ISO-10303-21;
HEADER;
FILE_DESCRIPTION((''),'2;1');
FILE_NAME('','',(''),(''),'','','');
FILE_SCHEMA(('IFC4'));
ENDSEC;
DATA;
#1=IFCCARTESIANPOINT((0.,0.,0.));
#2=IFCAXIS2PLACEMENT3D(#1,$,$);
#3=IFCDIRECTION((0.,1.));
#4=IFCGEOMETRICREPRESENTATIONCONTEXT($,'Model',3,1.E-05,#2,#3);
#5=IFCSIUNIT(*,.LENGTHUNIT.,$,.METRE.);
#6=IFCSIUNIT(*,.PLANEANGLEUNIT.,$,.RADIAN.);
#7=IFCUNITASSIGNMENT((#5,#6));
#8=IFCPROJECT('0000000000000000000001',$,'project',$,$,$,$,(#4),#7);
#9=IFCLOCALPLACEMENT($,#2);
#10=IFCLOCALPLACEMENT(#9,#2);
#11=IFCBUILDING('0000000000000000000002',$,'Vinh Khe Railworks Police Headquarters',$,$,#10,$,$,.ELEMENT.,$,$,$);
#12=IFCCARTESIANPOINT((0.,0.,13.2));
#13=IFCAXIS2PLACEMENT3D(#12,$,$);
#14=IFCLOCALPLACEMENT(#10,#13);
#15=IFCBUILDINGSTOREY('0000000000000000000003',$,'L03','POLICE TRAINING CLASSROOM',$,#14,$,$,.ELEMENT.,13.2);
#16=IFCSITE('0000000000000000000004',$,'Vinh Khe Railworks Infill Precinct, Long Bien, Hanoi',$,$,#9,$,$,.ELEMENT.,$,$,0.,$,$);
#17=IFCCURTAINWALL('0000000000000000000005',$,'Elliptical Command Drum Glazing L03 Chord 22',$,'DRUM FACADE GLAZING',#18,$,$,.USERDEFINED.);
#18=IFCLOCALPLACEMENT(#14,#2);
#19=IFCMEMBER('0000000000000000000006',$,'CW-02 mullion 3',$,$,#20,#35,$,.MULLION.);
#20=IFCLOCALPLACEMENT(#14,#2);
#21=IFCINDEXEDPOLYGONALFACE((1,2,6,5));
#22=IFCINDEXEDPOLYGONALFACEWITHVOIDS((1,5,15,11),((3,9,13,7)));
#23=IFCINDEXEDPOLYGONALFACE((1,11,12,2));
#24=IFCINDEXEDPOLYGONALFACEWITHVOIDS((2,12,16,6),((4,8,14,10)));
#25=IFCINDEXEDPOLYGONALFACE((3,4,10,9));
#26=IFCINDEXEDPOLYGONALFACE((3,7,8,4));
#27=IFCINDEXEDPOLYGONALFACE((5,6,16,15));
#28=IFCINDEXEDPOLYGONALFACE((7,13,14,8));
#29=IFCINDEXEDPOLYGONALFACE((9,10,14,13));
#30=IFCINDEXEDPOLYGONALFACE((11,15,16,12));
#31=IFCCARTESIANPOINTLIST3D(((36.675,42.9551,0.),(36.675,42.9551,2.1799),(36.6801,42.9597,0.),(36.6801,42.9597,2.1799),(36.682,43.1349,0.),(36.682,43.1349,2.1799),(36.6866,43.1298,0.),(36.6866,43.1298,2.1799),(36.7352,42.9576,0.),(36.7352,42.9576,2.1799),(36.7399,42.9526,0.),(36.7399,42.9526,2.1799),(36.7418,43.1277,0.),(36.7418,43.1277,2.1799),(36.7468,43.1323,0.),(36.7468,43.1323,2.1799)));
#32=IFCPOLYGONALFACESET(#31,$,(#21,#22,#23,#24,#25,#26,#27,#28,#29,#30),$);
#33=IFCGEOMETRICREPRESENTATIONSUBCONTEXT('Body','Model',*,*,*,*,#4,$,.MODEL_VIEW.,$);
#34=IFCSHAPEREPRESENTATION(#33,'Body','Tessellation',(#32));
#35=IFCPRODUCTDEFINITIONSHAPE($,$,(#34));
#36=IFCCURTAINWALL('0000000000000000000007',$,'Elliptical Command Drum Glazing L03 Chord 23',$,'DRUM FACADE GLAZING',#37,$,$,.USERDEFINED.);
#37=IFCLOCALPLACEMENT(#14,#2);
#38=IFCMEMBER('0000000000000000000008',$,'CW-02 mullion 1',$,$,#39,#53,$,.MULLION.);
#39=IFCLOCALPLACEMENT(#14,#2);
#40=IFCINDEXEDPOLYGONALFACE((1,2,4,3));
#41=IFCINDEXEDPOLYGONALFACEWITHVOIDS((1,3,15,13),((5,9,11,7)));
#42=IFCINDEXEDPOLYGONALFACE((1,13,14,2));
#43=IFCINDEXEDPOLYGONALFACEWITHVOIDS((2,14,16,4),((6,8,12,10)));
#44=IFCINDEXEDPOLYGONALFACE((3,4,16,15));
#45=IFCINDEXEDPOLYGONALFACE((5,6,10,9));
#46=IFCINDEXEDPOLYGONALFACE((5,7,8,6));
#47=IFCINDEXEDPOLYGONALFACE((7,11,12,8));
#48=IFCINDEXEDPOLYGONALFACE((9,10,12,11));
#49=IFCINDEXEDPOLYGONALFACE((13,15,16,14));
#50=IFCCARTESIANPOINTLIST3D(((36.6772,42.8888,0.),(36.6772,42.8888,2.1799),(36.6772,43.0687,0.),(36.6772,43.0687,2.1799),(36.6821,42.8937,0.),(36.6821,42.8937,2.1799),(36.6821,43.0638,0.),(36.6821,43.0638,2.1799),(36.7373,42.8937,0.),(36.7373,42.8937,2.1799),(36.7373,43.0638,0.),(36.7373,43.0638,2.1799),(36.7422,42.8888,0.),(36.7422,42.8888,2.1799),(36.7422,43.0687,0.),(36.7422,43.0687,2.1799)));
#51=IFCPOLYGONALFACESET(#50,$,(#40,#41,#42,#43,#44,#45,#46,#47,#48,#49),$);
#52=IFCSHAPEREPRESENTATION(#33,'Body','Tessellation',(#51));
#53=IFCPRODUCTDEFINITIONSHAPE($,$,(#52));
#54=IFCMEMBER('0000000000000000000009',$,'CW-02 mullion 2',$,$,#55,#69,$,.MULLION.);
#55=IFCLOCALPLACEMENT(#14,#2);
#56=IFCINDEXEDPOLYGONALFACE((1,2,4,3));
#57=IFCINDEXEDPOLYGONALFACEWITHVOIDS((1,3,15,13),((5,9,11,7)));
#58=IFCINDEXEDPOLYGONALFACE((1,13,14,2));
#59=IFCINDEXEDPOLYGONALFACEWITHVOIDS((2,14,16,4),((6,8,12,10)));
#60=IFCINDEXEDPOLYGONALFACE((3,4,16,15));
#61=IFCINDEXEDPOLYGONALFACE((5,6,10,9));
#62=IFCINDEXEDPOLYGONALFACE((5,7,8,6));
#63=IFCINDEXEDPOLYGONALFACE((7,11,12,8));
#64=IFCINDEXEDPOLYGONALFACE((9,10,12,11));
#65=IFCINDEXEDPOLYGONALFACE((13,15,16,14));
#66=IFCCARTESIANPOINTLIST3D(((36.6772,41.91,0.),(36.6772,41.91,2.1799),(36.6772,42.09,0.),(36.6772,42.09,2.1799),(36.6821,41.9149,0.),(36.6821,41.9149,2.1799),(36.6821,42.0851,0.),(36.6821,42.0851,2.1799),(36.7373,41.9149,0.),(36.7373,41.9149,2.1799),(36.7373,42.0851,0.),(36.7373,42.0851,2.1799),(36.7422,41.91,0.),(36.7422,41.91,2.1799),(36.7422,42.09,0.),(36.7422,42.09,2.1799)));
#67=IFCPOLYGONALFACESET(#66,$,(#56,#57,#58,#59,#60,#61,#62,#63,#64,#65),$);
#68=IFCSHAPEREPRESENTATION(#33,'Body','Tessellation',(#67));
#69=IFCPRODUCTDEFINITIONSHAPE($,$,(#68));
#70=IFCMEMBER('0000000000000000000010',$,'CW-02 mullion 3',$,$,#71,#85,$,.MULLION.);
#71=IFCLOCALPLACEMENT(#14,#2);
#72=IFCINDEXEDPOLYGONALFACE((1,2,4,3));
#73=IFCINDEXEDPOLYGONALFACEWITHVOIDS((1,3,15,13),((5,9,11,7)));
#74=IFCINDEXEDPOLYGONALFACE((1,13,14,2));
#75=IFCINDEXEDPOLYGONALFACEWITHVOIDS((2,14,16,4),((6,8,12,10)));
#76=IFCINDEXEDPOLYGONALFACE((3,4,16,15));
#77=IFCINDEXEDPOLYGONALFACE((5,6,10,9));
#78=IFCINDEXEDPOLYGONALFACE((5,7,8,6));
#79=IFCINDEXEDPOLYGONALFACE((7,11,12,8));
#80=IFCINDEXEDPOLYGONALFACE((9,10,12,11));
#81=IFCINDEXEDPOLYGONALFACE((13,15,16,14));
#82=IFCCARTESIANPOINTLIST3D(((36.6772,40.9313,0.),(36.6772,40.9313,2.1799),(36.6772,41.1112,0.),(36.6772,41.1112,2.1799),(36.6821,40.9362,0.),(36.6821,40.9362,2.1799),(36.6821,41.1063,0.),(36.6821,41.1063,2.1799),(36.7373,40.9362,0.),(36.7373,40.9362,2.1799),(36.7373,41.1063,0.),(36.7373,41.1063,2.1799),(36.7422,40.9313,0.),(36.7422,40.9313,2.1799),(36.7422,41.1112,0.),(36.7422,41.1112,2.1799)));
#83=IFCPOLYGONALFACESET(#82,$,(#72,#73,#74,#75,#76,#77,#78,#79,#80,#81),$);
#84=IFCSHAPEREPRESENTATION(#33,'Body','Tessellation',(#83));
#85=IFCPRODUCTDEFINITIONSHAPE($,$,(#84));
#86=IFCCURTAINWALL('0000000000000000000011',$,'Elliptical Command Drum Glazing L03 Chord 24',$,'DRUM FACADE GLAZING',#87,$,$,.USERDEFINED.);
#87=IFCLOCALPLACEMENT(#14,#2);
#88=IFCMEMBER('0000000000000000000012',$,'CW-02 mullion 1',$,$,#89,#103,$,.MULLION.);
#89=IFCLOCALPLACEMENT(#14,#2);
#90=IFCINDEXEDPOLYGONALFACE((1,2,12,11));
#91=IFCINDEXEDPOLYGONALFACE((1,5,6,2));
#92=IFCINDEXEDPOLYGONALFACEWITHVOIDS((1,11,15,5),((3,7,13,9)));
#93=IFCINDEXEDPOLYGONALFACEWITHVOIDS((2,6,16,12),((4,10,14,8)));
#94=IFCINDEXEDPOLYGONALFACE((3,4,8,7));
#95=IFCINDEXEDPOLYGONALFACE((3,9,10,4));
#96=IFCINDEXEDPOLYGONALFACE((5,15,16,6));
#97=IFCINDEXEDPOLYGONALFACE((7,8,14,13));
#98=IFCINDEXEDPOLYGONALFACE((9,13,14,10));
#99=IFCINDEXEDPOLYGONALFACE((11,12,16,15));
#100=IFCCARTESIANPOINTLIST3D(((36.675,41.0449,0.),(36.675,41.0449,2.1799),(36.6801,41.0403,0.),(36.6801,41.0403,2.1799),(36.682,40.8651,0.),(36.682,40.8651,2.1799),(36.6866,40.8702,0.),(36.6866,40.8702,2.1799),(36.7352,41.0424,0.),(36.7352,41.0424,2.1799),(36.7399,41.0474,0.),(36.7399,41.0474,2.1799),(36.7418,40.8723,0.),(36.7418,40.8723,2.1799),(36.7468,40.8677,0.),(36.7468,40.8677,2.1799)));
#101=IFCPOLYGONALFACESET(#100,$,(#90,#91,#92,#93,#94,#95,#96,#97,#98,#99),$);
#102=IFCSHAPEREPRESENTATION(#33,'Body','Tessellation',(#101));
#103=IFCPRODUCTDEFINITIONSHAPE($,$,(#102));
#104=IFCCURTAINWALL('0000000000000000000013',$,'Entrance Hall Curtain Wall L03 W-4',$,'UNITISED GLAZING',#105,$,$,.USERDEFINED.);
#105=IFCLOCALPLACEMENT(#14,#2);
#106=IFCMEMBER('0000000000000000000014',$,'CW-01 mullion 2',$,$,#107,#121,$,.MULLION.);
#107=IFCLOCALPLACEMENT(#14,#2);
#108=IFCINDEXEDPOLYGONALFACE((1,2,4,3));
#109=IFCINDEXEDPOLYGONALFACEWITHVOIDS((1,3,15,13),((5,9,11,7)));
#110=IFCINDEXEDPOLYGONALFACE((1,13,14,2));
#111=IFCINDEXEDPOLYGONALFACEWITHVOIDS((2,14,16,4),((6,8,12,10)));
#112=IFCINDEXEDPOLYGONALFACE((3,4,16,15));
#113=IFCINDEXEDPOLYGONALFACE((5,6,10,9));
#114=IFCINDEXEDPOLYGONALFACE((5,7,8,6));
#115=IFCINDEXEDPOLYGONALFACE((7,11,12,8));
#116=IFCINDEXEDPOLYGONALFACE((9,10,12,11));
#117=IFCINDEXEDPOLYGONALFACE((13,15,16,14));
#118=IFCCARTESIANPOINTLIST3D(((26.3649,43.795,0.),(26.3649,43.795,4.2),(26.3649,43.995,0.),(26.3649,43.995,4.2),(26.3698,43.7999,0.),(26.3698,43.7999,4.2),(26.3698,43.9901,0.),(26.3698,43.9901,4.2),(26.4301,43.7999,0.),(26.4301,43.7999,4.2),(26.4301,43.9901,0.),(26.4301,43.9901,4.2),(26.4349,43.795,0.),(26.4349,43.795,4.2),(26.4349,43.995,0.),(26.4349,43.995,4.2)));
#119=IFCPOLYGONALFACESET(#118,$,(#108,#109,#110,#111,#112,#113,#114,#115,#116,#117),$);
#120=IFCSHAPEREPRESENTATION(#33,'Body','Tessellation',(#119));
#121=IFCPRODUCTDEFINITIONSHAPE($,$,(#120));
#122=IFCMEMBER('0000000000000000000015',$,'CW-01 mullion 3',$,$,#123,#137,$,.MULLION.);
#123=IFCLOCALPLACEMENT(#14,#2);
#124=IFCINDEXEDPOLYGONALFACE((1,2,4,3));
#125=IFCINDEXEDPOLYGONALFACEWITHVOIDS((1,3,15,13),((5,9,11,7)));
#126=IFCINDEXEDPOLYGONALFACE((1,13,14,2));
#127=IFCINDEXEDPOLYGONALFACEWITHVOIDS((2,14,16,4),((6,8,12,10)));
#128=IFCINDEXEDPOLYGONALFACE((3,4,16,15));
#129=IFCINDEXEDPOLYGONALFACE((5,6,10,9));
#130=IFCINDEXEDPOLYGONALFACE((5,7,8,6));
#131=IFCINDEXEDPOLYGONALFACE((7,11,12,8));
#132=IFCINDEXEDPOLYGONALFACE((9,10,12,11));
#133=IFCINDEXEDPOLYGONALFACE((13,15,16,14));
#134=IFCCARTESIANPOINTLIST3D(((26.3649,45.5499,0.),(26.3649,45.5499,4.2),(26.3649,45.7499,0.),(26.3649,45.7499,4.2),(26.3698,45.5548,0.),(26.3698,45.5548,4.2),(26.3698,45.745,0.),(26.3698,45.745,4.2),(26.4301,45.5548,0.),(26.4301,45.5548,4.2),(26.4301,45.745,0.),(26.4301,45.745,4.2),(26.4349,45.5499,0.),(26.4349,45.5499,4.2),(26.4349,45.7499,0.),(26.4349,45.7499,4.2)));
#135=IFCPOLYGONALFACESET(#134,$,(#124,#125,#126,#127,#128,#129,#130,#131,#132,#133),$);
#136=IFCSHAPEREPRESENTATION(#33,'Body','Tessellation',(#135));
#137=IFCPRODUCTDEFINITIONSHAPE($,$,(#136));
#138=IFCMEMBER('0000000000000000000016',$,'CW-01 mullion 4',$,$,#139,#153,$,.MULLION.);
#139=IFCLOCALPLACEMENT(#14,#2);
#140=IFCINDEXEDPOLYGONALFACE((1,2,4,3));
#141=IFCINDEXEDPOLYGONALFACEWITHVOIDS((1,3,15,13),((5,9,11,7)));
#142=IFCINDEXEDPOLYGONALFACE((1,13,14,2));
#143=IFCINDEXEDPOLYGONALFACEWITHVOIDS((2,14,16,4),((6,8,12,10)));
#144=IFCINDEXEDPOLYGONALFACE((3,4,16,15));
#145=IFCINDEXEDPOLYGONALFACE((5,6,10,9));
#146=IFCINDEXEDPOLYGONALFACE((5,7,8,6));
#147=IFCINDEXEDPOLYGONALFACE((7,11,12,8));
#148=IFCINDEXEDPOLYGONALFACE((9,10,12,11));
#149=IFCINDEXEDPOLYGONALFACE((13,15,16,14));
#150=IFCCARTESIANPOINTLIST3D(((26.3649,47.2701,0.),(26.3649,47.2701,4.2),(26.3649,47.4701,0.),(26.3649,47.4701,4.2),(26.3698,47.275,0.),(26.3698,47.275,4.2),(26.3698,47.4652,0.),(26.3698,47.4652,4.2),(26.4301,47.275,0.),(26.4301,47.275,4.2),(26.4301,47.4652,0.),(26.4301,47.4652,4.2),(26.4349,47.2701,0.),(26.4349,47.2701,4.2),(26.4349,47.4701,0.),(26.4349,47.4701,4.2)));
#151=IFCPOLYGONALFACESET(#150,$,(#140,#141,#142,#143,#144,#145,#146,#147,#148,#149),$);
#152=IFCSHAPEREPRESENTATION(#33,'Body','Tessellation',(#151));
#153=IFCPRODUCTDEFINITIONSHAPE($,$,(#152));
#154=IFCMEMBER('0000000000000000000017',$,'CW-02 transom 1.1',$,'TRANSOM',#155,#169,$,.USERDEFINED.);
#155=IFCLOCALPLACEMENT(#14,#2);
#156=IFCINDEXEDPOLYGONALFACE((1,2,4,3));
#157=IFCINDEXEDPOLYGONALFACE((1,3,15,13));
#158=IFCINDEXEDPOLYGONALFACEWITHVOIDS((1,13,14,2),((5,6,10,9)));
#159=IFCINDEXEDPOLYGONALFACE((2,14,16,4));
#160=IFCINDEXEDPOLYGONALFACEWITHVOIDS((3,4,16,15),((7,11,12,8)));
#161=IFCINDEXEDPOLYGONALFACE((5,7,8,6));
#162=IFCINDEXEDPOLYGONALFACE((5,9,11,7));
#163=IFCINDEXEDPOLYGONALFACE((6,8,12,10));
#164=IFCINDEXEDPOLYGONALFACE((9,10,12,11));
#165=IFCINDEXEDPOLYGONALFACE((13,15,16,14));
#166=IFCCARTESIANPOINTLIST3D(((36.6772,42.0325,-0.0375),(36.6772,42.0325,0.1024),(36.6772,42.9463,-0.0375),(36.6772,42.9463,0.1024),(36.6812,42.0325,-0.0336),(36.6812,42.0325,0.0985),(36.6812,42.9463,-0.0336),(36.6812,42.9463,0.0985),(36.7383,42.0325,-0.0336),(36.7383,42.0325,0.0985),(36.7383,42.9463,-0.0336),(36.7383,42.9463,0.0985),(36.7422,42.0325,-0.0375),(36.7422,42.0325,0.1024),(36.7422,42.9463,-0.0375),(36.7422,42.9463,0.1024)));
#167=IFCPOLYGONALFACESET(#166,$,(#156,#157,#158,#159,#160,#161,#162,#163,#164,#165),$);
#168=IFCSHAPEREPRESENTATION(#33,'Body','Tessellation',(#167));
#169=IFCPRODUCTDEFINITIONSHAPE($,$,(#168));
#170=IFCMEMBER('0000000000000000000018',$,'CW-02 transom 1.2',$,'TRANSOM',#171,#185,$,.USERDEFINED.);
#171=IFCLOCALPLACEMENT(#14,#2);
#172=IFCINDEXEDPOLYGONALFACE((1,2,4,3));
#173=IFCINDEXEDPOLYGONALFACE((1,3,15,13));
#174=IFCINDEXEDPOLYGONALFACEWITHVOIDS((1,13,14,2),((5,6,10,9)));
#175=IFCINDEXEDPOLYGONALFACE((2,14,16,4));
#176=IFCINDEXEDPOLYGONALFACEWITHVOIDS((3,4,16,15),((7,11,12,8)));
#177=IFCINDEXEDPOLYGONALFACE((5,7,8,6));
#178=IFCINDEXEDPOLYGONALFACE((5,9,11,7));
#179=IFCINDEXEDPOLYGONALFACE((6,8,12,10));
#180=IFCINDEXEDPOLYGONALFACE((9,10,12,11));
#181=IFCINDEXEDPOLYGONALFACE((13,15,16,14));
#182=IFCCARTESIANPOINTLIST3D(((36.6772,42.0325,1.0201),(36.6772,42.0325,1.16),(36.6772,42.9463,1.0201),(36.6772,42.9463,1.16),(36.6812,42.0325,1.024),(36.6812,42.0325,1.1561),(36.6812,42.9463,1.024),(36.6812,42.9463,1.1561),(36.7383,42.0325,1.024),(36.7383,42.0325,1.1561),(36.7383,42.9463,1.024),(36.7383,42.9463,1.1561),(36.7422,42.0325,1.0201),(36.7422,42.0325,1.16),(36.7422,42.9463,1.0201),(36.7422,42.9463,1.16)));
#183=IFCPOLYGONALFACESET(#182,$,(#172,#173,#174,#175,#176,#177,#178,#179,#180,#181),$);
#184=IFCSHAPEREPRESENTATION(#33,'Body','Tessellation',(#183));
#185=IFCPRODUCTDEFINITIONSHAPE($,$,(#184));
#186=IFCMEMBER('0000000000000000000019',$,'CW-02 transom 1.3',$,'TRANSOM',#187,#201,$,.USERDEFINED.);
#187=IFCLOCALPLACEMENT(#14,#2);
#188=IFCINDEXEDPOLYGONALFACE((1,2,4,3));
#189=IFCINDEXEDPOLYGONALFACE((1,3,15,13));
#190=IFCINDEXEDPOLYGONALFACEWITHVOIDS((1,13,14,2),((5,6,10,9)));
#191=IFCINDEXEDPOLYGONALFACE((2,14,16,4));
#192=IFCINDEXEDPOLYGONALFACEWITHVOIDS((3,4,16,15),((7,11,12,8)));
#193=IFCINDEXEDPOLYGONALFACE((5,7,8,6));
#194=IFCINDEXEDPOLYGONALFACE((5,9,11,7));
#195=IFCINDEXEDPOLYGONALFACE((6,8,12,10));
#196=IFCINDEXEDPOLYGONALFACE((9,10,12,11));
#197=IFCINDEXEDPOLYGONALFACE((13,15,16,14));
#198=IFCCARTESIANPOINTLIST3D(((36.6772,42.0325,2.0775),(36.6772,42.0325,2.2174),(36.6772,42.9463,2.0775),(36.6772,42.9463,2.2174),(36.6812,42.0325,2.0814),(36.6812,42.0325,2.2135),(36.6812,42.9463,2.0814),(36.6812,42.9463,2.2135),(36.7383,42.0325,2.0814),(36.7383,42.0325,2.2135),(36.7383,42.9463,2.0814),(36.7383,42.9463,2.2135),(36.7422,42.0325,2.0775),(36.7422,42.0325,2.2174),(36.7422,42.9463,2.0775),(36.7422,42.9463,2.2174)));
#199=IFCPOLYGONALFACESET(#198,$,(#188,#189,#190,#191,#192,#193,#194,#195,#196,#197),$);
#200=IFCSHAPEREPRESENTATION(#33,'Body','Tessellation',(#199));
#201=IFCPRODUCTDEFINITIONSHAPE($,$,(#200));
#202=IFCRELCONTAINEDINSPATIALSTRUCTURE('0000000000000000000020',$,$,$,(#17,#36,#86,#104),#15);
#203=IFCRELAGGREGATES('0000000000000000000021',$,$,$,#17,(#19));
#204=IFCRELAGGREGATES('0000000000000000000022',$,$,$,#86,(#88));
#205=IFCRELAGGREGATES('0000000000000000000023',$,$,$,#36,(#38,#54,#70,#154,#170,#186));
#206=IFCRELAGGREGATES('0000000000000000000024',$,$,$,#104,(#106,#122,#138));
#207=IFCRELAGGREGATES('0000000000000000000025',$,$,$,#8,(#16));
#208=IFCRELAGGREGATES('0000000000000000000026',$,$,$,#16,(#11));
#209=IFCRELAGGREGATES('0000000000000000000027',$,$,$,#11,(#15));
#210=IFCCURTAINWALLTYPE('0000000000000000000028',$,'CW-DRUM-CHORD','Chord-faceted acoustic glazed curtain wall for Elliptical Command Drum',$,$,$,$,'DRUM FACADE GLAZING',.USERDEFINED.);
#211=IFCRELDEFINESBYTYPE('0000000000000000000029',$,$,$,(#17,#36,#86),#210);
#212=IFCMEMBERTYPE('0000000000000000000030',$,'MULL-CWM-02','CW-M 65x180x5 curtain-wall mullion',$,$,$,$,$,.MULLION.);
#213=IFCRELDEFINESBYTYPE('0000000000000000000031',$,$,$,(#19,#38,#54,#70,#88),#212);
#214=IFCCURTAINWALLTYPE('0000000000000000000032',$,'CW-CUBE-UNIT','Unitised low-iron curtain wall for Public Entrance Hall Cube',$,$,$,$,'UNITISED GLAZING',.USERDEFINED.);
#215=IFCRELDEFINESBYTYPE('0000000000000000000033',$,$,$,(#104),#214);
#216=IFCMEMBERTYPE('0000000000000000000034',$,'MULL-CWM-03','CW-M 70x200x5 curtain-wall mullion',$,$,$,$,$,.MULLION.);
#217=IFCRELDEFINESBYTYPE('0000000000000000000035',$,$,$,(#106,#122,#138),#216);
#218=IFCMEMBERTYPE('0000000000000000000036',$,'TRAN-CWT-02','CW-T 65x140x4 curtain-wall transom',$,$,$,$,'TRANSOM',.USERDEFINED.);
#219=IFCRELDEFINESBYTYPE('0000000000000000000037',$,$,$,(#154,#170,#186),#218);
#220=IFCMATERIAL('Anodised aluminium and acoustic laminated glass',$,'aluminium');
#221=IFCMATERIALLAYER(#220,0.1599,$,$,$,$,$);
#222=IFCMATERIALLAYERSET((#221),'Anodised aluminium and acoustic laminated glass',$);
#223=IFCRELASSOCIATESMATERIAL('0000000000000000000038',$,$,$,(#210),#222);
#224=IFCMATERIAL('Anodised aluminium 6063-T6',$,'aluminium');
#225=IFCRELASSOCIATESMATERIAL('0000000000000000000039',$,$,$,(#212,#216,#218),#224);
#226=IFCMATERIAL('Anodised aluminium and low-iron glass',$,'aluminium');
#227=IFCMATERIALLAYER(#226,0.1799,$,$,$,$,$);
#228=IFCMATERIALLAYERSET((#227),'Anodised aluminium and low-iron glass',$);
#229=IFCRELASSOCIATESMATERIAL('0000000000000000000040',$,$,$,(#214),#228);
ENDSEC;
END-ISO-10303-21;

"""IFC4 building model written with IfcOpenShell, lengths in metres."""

from ifc_helpers import new_model, si_unit, direction, frame, origin, origin_2d, place, context, subcontext, project, spatial, hollow_rectangle, extrude, material, layer, layer_set, material_profile, profile_set, type_object, element, aggregate, save


model = new_model("IFC4")

# Units and contexts
model_context = context("Model", 3, precision=1e-05, world=origin(), true_north=direction((0.0, 1.0)))
body_context = subcontext(model_context, "Body", "Model", "MODEL_VIEW")
ifc_project = project(units=[si_unit("LENGTHUNIT", "METRE"), si_unit("PLANEANGLEUNIT", "RADIAN")], contexts=[model_context])

# Site, building, storey
site_placement = place(None, origin())
site = spatial("IfcSite", under=ifc_project, at=site_placement, Name="Vinh Khe Railworks Infill Precinct, Long Bien, Hanoi", CompositionType="ELEMENT", RefElevation=0.0)
building_placement = place(site_placement, origin())
building = spatial("IfcBuilding", under=site, at=building_placement, Name="Vinh Khe Railworks Police Headquarters", CompositionType="ELEMENT")
storey_placement = place(building_placement, frame((0.0, 0.0, 13.2)))
storey = spatial("IfcBuildingStorey", under=building, at=storey_placement, Name="L03", Description="POLICE TRAINING CLASSROOM", CompositionType="ELEMENT", Elevation=13.2)

# Curtain wall, member
ifc_material_1 = material(Name="Anodised aluminium and acoustic laminated glass", Category="aluminium")
ifc_layer_1 = layer(ifc_material_1, 0.1599)
ifc_layer_set_1 = layer_set([ifc_layer_1], Name="Anodised aluminium and acoustic laminated glass")
curtain_wall_type_1 = type_object("IfcCurtainWallType", Name="CW-DRUM-CHORD", Description="Chord-faceted acoustic glazed curtain wall for Elliptical Command Drum", ElementType="DRUM FACADE GLAZING", PredefinedType="USERDEFINED", material=ifc_layer_set_1)
curtain_wall_1_placement = place(storey_placement, origin())
curtain_wall_1 = element("IfcCurtainWall", 1, at=curtain_wall_1_placement, inside=storey, type_object=curtain_wall_type_1, Name="Elliptical Command Drum Glazing L03 Chord 22", ObjectType="DRUM FACADE GLAZING", PredefinedType="USERDEFINED")
ifc_material_2 = material(Name="Anodised aluminium 6063-T6", Category="aluminium")
ifc_material_profile_1 = material_profile(ifc_material_2, hollow_rectangle(XDim=0.0649, YDim=0.1799, WallThickness=0.0049, at=origin_2d()), Name="CW-M 65x180x5")
ifc_profile_set_1 = profile_set([ifc_material_profile_1], Name="Anodised aluminium 6063-T6")
member_type_1 = type_object("IfcMemberType", Name="MULL-CWM-02", Description="CW-M 65x180x5 curtain-wall mullion", PredefinedType="MULLION", material=ifc_profile_set_1)
member_1_placement = place(storey_placement, frame((36.7109, 43.0437, 0.0), z_axis=(0.0, 0.0, 1.0), x_axis=(0.999258, -0.038513, 0.0)))
member_1 = element("IfcMember", 2, at=member_1_placement, type_object=member_type_1, Name="CW-02 mullion 3", PredefinedType="MULLION", context=body_context, shape_type="SweptSolid", body=[
    extrude(hollow_rectangle(XDim=0.0649, YDim=0.1799, WallThickness=0.0049, at=origin_2d()), origin(), (0.0, 0.0, 1.0), 2.1799),
])
aggregate(curtain_wall_1, [member_1])

# Curtain wall, members
curtain_wall_2_placement = place(storey_placement, origin())
curtain_wall_2 = element("IfcCurtainWall", 3, at=curtain_wall_2_placement, inside=storey, type_object=curtain_wall_type_1, Name="Elliptical Command Drum Glazing L03 Chord 23", ObjectType="DRUM FACADE GLAZING", PredefinedType="USERDEFINED")
member_2_placement = place(storey_placement, frame((36.7097, 42.9788, 0.0), z_axis=(0.0, 0.0, 1.0), x_axis=(1.0, 0.0, 0.0)))
member_2 = element("IfcMember", 4, at=member_2_placement, type_object=member_type_1, Name="CW-02 mullion 1", PredefinedType="MULLION", context=body_context, shape_type="SweptSolid", body=[
    extrude(hollow_rectangle(XDim=0.0649, YDim=0.1799, WallThickness=0.0049, at=origin_2d()), origin(), (0.0, 0.0, 1.0), 2.1799),
])
member_3_placement = place(storey_placement, frame((36.7097, 42.0, 0.0), z_axis=(0.0, 0.0, 1.0), x_axis=(1.0, 0.0, 0.0)))
member_3 = element("IfcMember", 5, at=member_3_placement, type_object=member_type_1, Name="CW-02 mullion 2", PredefinedType="MULLION", context=body_context, shape_type="SweptSolid", body=[
    extrude(hollow_rectangle(XDim=0.0649, YDim=0.1799, WallThickness=0.0049, at=origin_2d()), origin(), (0.0, 0.0, 1.0), 2.1799),
])
member_4_placement = place(storey_placement, frame((36.7097, 41.0212, 0.0), z_axis=(0.0, 0.0, 1.0), x_axis=(1.0, 0.0, 0.0)))
member_4 = element("IfcMember", 6, at=member_4_placement, type_object=member_type_1, Name="CW-02 mullion 3", PredefinedType="MULLION", context=body_context, shape_type="SweptSolid", body=[
    extrude(hollow_rectangle(XDim=0.0649, YDim=0.1799, WallThickness=0.0049, at=origin_2d()), origin(), (0.0, 0.0, 1.0), 2.1799),
])

# Curtain wall, member
curtain_wall_3_placement = place(storey_placement, origin())
curtain_wall_3 = element("IfcCurtainWall", 7, at=curtain_wall_3_placement, inside=storey, type_object=curtain_wall_type_1, Name="Elliptical Command Drum Glazing L03 Chord 24", ObjectType="DRUM FACADE GLAZING", PredefinedType="USERDEFINED")
member_5_placement = place(storey_placement, frame((36.7109, 40.9563, 0.0), z_axis=(0.0, 0.0, 1.0), x_axis=(0.999258, 0.038513, 0.0)))
member_5 = element("IfcMember", 8, at=member_5_placement, type_object=member_type_1, Name="CW-02 mullion 1", PredefinedType="MULLION", context=body_context, shape_type="SweptSolid", body=[
    extrude(hollow_rectangle(XDim=0.0649, YDim=0.1799, WallThickness=0.0049, at=origin_2d()), origin(), (0.0, 0.0, 1.0), 2.1799),
])

# Curtain wall, members
ifc_material_3 = material(Name="Anodised aluminium and low-iron glass", Category="aluminium")
ifc_layer_2 = layer(ifc_material_3, 0.1799)
ifc_layer_set_2 = layer_set([ifc_layer_2], Name="Anodised aluminium and low-iron glass")
curtain_wall_type_2 = type_object("IfcCurtainWallType", Name="CW-CUBE-UNIT", Description="Unitised low-iron curtain wall for Public Entrance Hall Cube", ElementType="UNITISED GLAZING", PredefinedType="USERDEFINED", material=ifc_layer_set_2)
curtain_wall_4_placement = place(storey_placement, origin())
curtain_wall_4 = element("IfcCurtainWall", 9, at=curtain_wall_4_placement, inside=storey, type_object=curtain_wall_type_2, Name="Entrance Hall Curtain Wall L03 W-4", ObjectType="UNITISED GLAZING", PredefinedType="USERDEFINED")
ifc_material_profile_2 = material_profile(ifc_material_2, hollow_rectangle(XDim=0.0701, YDim=0.2, WallThickness=0.0049, at=origin_2d()), Name="CW-M 70x200x5")
ifc_profile_set_2 = profile_set([ifc_material_profile_2], Name="Anodised aluminium 6063-T6")
member_type_2 = type_object("IfcMemberType", Name="MULL-CWM-03", Description="CW-M 70x200x5 curtain-wall mullion", PredefinedType="MULLION", material=ifc_profile_set_2)
member_6_placement = place(storey_placement, frame((26.3999, 43.895, 0.0), z_axis=(0.0, 0.0, 1.0), x_axis=(-1.0, 0.0, 0.0)))
member_6 = element("IfcMember", 10, at=member_6_placement, type_object=member_type_2, Name="CW-01 mullion 2", PredefinedType="MULLION", context=body_context, shape_type="SweptSolid", body=[
    extrude(hollow_rectangle(XDim=0.0701, YDim=0.2, WallThickness=0.0049, at=origin_2d()), origin(), (0.0, 0.0, 1.0), 4.2),
])
member_7_placement = place(storey_placement, frame((26.3999, 45.6499, 0.0), z_axis=(0.0, 0.0, 1.0), x_axis=(-1.0, 0.0, 0.0)))
member_7 = element("IfcMember", 11, at=member_7_placement, type_object=member_type_2, Name="CW-01 mullion 3", PredefinedType="MULLION", context=body_context, shape_type="SweptSolid", body=[
    extrude(hollow_rectangle(XDim=0.0701, YDim=0.2, WallThickness=0.0049, at=origin_2d()), origin(), (0.0, 0.0, 1.0), 4.2),
])
member_8_placement = place(storey_placement, frame((26.3999, 47.3701, 0.0), z_axis=(0.0, 0.0, 1.0), x_axis=(-1.0, 0.0, 0.0)))
member_8 = element("IfcMember", 12, at=member_8_placement, type_object=member_type_2, Name="CW-01 mullion 4", PredefinedType="MULLION", context=body_context, shape_type="SweptSolid", body=[
    extrude(hollow_rectangle(XDim=0.0701, YDim=0.2, WallThickness=0.0049, at=origin_2d()), origin(), (0.0, 0.0, 1.0), 4.2),
])

# Members
ifc_material_profile_3 = material_profile(ifc_material_2, hollow_rectangle(XDim=0.0649, YDim=0.1399, WallThickness=0.0039, at=origin_2d()), Name="CW-T 65x140x4")
ifc_profile_set_3 = profile_set([ifc_material_profile_3], Name="Anodised aluminium 6063-T6")
member_type_3 = type_object("IfcMemberType", Name="TRAN-CWT-02", Description="CW-T 65x140x4 curtain-wall transom", ElementType="TRANSOM", PredefinedType="USERDEFINED", material=ifc_profile_set_3)
member_9_placement = place(storey_placement, frame((36.7097, 42.9463, 0.0325), z_axis=(0.0, -1.0, 0.0), x_axis=(1.0, 0.0, 0.0)))
member_9 = element("IfcMember", 13, at=member_9_placement, type_object=member_type_3, Name="CW-02 transom 1.1", ObjectType="TRANSOM", PredefinedType="USERDEFINED", context=body_context, shape_type="SweptSolid", body=[
    extrude(hollow_rectangle(XDim=0.0649, YDim=0.1399, WallThickness=0.0039, at=origin_2d()), origin(), (0.0, 0.0, 1.0), 0.9138),
])
member_10_placement = place(storey_placement, frame((36.7097, 42.9463, 1.0901), z_axis=(0.0, -1.0, 0.0), x_axis=(1.0, 0.0, 0.0)))
member_10 = element("IfcMember", 14, at=member_10_placement, type_object=member_type_3, Name="CW-02 transom 1.2", ObjectType="TRANSOM", PredefinedType="USERDEFINED", context=body_context, shape_type="SweptSolid", body=[
    extrude(hollow_rectangle(XDim=0.0649, YDim=0.1399, WallThickness=0.0039, at=origin_2d()), origin(), (0.0, 0.0, 1.0), 0.9138),
])
member_11_placement = place(storey_placement, frame((36.7097, 42.9463, 2.1475), z_axis=(0.0, -1.0, 0.0), x_axis=(1.0, 0.0, 0.0)))
member_11 = element("IfcMember", 15, at=member_11_placement, type_object=member_type_3, Name="CW-02 transom 1.3", ObjectType="TRANSOM", PredefinedType="USERDEFINED", context=body_context, shape_type="SweptSolid", body=[
    extrude(hollow_rectangle(XDim=0.0649, YDim=0.1399, WallThickness=0.0039, at=origin_2d()), origin(), (0.0, 0.0, 1.0), 0.9138),
])
aggregate(curtain_wall_3, [member_5])

aggregate(curtain_wall_2, [member_2, member_3, member_4, member_9, member_10, member_11])
aggregate(curtain_wall_4, [member_6, member_7, member_8])

save(model, "model.ifc")
